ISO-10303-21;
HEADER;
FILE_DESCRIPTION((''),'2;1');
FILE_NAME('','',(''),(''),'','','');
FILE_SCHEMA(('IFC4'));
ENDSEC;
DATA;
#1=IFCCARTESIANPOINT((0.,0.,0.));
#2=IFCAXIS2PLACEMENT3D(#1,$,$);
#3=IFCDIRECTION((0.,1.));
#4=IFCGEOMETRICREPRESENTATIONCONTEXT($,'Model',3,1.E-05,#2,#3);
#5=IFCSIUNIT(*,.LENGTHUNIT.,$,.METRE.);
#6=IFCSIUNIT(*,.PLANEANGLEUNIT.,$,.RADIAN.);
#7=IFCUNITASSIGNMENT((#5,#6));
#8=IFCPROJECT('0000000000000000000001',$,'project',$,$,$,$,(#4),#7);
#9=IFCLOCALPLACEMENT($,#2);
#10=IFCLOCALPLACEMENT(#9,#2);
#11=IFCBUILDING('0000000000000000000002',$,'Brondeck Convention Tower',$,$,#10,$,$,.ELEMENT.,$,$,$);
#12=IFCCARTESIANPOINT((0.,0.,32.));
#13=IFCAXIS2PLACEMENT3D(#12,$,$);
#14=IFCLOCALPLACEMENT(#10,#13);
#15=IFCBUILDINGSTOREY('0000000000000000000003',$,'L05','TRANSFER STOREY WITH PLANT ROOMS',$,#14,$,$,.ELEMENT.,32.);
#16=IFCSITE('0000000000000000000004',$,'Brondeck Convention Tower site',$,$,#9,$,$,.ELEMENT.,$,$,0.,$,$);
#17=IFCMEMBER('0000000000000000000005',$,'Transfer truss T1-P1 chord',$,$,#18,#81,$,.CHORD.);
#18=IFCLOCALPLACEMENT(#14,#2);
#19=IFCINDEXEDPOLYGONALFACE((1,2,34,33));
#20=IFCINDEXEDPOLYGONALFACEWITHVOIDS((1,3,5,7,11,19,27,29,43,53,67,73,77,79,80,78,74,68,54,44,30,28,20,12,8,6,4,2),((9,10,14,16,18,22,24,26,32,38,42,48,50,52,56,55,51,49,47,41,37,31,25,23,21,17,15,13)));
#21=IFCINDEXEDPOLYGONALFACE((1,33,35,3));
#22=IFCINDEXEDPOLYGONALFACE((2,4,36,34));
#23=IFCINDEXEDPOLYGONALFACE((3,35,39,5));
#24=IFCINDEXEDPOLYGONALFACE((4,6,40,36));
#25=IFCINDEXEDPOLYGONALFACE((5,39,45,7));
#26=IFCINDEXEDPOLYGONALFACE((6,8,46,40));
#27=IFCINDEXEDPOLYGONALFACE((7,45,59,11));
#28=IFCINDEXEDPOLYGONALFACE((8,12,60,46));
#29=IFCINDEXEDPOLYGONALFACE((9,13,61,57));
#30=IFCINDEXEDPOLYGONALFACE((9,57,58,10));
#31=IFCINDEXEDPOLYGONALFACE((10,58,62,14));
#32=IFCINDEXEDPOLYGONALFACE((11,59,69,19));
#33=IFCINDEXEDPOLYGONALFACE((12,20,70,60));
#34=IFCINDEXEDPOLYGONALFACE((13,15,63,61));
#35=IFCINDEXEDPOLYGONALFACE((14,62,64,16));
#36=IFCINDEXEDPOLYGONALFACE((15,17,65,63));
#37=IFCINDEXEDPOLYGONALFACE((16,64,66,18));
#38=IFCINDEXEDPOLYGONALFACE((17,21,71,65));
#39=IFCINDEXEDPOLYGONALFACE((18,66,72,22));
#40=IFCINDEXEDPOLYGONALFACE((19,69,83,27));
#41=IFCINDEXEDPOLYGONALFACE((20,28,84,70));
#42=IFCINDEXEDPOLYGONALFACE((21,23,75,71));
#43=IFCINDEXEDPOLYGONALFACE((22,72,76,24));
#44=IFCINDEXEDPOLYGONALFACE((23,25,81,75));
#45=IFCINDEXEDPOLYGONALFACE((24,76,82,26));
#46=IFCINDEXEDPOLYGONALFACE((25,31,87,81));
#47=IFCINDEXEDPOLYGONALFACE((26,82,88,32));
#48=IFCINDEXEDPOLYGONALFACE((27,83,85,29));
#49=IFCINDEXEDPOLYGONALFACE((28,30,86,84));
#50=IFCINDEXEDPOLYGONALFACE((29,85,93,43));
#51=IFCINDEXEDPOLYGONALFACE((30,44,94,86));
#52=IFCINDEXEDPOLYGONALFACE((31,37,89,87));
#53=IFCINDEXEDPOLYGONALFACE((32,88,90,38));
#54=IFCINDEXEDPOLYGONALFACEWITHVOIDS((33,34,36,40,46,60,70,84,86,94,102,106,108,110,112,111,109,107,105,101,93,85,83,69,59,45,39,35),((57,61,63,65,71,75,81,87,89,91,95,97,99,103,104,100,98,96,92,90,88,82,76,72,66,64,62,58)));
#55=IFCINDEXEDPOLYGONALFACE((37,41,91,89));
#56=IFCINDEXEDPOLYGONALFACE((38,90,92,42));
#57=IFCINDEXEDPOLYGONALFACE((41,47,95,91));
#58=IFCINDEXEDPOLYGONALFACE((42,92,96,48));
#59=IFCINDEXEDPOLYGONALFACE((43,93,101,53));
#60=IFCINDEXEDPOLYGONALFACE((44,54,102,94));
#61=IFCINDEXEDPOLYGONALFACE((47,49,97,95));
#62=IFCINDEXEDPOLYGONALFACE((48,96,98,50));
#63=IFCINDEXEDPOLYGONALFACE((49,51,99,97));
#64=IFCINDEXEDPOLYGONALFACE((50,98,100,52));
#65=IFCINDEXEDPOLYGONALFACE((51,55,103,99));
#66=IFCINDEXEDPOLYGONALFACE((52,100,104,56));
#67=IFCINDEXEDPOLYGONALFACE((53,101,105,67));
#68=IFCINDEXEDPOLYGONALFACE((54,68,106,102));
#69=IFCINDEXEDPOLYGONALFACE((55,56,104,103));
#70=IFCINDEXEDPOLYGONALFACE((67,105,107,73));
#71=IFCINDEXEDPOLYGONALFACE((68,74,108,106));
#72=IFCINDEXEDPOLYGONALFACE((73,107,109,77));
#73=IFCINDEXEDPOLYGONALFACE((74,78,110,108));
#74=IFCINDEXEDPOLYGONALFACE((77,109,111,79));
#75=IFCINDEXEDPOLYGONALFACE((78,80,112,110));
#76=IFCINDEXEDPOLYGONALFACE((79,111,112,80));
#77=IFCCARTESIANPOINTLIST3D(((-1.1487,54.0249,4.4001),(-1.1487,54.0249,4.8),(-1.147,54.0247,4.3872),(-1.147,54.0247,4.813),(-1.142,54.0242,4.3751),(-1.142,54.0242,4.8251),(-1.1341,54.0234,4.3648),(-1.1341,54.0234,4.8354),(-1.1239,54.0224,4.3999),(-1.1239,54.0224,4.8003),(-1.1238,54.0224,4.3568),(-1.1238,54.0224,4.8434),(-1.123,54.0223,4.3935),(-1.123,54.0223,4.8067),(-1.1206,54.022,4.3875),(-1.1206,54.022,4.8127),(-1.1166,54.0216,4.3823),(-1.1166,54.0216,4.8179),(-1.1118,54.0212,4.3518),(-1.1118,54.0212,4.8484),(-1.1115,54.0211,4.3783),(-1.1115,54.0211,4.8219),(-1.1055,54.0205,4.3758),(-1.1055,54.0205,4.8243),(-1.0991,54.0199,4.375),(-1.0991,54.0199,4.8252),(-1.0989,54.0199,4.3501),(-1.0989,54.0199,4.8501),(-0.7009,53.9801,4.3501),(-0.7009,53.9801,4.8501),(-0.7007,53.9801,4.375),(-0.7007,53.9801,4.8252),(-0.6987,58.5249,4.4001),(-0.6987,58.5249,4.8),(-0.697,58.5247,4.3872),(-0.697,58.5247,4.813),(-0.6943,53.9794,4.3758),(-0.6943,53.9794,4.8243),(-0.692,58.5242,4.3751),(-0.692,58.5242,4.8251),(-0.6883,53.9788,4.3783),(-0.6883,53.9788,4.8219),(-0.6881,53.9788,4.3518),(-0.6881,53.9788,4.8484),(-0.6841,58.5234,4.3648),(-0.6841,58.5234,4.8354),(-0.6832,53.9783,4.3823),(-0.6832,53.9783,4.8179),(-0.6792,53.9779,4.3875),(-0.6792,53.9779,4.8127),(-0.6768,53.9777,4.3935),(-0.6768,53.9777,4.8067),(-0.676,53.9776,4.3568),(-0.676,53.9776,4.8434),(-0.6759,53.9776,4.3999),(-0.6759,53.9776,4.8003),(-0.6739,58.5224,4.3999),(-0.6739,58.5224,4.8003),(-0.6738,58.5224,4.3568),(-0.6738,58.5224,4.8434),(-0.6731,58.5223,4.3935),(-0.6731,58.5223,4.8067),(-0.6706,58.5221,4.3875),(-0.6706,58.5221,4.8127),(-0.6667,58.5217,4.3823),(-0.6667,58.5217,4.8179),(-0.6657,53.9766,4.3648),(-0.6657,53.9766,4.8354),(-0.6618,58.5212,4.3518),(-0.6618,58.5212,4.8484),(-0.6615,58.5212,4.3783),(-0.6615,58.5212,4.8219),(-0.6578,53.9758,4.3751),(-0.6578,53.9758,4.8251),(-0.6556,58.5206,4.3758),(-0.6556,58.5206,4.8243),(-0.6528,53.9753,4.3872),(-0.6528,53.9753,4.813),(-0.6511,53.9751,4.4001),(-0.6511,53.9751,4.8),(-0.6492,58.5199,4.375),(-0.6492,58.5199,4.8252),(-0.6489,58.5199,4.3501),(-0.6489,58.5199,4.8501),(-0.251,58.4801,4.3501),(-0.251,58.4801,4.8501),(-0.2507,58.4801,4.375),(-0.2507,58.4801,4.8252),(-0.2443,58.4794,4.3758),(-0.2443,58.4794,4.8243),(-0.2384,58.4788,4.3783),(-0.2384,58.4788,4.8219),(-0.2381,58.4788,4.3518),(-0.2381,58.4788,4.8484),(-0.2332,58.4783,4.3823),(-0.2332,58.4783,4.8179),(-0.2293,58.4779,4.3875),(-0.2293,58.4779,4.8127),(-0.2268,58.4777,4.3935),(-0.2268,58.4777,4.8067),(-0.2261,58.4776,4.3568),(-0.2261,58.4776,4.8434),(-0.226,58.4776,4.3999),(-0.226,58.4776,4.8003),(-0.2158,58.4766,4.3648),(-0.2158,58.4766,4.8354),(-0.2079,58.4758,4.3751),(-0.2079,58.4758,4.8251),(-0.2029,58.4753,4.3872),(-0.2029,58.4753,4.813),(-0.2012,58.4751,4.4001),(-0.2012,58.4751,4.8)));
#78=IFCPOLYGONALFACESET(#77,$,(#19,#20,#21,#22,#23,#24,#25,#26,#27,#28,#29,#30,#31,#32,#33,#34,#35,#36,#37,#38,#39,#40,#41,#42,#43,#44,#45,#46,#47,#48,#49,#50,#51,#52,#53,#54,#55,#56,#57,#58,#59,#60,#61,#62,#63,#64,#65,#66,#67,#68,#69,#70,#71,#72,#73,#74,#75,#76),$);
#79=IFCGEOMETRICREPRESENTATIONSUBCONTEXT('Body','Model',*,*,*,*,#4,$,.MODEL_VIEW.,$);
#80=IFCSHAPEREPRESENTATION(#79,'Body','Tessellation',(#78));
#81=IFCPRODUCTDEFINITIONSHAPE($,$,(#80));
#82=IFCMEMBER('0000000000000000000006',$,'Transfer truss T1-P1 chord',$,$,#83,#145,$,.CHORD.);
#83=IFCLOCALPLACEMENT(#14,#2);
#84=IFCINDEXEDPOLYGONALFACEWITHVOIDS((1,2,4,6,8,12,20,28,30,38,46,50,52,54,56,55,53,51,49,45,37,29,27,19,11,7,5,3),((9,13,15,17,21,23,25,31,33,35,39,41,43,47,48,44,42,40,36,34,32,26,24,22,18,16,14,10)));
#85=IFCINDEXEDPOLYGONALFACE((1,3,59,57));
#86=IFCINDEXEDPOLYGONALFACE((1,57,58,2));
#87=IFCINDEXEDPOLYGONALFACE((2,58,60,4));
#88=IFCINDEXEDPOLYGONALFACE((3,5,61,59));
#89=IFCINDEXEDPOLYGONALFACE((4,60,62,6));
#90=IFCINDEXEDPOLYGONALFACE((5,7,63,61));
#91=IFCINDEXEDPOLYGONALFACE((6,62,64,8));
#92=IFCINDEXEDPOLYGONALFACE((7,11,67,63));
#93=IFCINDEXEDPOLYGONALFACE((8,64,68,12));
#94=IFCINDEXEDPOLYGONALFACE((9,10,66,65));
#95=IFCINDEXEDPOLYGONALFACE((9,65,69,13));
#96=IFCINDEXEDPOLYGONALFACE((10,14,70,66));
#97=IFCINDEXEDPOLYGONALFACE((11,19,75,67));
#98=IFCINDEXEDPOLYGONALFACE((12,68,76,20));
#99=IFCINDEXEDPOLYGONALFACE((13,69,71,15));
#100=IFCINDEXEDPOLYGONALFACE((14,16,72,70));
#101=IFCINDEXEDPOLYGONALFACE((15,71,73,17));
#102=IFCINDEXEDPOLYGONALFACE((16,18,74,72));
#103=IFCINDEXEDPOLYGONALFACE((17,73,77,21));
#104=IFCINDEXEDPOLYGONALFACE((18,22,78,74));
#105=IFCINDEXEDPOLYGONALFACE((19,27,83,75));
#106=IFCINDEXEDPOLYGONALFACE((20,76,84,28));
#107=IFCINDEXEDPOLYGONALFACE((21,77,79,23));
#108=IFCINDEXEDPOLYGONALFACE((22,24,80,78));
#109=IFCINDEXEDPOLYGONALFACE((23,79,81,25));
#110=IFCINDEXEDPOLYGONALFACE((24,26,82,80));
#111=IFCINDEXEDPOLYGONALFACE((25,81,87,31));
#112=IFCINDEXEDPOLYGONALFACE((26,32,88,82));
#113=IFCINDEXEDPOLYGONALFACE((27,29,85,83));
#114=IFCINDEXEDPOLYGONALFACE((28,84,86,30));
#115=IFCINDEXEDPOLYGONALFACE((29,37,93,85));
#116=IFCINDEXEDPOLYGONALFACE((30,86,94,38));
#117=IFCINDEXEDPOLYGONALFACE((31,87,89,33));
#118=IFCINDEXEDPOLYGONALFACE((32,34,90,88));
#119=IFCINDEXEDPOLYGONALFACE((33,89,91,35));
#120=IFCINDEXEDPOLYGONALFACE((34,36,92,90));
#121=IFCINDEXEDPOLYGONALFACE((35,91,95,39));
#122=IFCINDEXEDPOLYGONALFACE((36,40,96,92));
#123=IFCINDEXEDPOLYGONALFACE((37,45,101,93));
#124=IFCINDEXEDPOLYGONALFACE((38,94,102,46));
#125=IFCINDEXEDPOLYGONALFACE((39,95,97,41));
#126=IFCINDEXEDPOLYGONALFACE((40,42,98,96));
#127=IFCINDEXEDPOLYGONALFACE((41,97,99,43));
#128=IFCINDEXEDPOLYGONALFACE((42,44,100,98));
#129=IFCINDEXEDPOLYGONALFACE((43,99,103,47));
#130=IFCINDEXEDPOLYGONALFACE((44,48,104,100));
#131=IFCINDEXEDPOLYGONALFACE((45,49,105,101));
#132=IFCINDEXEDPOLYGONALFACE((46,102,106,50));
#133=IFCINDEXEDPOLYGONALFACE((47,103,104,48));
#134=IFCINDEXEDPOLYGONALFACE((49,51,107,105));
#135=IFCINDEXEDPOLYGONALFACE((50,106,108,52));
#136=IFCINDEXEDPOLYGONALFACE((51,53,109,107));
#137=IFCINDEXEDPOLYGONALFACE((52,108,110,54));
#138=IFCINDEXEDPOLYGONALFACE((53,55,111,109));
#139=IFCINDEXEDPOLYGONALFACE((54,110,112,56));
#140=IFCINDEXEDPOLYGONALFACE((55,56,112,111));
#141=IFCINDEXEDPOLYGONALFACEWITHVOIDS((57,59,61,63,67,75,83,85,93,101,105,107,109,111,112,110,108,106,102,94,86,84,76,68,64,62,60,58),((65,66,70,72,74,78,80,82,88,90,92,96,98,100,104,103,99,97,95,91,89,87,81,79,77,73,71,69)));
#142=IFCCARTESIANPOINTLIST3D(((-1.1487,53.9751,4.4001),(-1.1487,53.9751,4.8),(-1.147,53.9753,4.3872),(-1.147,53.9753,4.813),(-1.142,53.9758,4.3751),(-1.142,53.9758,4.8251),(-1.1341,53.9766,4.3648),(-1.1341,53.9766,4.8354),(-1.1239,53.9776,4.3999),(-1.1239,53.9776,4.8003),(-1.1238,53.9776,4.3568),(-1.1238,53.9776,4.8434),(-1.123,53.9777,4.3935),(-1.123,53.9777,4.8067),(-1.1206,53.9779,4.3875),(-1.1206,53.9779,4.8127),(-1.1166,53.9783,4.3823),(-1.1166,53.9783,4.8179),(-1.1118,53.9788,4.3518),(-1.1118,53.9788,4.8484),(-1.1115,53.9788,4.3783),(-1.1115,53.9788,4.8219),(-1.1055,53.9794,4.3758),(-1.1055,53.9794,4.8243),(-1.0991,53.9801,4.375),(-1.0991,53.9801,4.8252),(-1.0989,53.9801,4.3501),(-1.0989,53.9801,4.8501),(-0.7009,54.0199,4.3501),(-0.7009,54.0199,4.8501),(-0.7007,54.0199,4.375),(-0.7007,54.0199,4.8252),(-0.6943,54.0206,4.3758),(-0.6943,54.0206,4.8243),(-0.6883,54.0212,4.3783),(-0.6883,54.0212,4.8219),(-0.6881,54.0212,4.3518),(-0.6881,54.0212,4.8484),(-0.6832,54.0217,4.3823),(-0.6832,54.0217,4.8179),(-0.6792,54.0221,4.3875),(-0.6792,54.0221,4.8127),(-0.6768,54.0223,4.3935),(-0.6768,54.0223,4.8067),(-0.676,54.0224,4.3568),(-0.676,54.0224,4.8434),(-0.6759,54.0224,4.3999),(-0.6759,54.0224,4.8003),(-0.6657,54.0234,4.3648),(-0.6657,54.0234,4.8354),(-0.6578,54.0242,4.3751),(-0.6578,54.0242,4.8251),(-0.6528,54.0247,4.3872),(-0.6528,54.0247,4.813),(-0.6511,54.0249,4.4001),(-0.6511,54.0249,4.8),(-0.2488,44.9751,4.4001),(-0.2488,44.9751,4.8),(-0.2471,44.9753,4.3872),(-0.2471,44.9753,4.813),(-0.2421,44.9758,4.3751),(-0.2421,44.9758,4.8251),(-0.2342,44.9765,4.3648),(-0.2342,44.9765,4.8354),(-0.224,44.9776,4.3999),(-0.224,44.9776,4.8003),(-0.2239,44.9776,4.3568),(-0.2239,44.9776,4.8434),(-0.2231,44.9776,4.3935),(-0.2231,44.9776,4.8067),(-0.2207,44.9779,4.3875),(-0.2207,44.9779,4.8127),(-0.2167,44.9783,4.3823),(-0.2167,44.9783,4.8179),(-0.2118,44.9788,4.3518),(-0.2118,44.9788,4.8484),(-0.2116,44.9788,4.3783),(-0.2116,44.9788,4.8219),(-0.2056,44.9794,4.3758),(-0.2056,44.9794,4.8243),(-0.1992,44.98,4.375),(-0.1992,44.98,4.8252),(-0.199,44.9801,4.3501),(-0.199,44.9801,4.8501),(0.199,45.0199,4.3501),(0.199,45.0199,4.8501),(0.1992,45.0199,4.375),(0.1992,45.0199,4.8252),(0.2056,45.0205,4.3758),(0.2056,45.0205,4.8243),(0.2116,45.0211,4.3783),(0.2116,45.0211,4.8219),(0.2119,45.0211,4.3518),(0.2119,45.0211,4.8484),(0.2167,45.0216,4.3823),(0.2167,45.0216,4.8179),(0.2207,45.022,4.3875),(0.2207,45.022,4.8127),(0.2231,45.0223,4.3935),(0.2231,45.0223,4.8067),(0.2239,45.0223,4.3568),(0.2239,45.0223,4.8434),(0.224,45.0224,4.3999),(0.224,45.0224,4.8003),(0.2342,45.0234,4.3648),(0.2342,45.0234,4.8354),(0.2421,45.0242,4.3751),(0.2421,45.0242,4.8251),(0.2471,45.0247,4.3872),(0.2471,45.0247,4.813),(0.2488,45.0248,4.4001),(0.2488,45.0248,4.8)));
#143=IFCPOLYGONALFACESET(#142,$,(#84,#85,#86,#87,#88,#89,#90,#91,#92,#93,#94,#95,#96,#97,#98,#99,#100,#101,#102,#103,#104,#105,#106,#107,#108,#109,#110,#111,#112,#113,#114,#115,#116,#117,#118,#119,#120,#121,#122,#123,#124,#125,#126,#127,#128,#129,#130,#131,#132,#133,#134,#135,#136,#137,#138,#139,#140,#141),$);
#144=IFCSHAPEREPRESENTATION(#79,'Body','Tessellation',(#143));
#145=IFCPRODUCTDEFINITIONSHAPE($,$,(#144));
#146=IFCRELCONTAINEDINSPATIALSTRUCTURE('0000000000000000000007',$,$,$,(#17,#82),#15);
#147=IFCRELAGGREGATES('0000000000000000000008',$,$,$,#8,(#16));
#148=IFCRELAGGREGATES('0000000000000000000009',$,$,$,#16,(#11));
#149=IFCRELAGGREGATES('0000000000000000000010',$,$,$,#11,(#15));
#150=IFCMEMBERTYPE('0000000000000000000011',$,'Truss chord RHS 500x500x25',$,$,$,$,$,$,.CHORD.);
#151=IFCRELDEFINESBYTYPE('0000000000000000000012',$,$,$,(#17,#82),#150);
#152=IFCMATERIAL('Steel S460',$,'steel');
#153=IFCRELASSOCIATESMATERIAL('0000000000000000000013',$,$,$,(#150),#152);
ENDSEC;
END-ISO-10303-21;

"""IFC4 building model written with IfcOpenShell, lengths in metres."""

from ifc_helpers import new_model, si_unit, direction, frame, origin, origin_2d, place, context, subcontext, project, spatial, hollow_rectangle, extrude, material, material_profile, profile_set, type_object, element, save


model = new_model("IFC4")

# Units and contexts
model_context = context("Model", 3, precision=1e-05, world=origin(), true_north=direction((0.0, 1.0)))
body_context = subcontext(model_context, "Body", "Model", "MODEL_VIEW")
ifc_project = project(units=[si_unit("LENGTHUNIT", "METRE"), si_unit("PLANEANGLEUNIT", "RADIAN")], contexts=[model_context])

# Site, building, storey
site_placement = place(None, origin())
site = spatial("IfcSite", under=ifc_project, at=site_placement, Name="Brondeck Convention Tower site", CompositionType="ELEMENT", RefElevation=0.0)
building_placement = place(site_placement, origin())
building = spatial("IfcBuilding", under=site, at=building_placement, Name="Brondeck Convention Tower", CompositionType="ELEMENT")
storey_placement = place(building_placement, frame((0.0, 0.0, 32.0)))
storey = spatial("IfcBuildingStorey", under=building, at=storey_placement, Name="L05", Description="TRANSFER STOREY WITH PLANT ROOMS", CompositionType="ELEMENT", Elevation=32.0)

# Shared definitions
ifc_material_1 = material(Name="Steel S460", Category="steel")

# Members
ifc_material_profile_1 = material_profile(ifc_material_1, hollow_rectangle(XDim=0.5, YDim=0.5, WallThickness=0.0249, InnerFilletRadius=0.0249, OuterFilletRadius=0.05, at=origin_2d()), Name="RHS 500x500x25")
ifc_profile_set_1 = profile_set([ifc_material_profile_1], Name="Steel S460")
member_type_1 = type_object("IfcMemberType", Name="Truss chord RHS 500x500x25", PredefinedType="CHORD", material=ifc_profile_set_1)
member_1_placement = place(storey_placement, frame((-0.45, 58.5, 4.6001), z_axis=(-0.099493, -0.995038, 0.0), x_axis=(0.995038, -0.099493, 0.0)))
element("IfcMember", 1, at=member_1_placement, inside=storey, type_object=member_type_1, Name="Transfer truss T1-P1 chord", PredefinedType="CHORD", context=body_context, shape_type="SweptSolid", body=[
    extrude(hollow_rectangle(XDim=0.5, YDim=0.5, WallThickness=0.0249, InnerFilletRadius=0.0249, OuterFilletRadius=0.05, at=origin_2d()), origin(), (0.0, 0.0, 1.0), 4.5225),
])
member_2_placement = place(storey_placement, frame((-0.8999, 54.0, 4.6001), z_axis=(0.099493, -0.995038, 0.0), x_axis=(0.995038, 0.099493, 0.0)))
element("IfcMember", 2, at=member_2_placement, inside=storey, type_object=member_type_1, Name="Transfer truss T1-P1 chord", PredefinedType="CHORD", context=body_context, shape_type="SweptSolid", body=[
    extrude(hollow_rectangle(XDim=0.5, YDim=0.5, WallThickness=0.0249, InnerFilletRadius=0.0249, OuterFilletRadius=0.05, at=origin_2d()), origin(), (0.0, 0.0, 1.0), 9.0449),
])

save(model, "model.ifc")
